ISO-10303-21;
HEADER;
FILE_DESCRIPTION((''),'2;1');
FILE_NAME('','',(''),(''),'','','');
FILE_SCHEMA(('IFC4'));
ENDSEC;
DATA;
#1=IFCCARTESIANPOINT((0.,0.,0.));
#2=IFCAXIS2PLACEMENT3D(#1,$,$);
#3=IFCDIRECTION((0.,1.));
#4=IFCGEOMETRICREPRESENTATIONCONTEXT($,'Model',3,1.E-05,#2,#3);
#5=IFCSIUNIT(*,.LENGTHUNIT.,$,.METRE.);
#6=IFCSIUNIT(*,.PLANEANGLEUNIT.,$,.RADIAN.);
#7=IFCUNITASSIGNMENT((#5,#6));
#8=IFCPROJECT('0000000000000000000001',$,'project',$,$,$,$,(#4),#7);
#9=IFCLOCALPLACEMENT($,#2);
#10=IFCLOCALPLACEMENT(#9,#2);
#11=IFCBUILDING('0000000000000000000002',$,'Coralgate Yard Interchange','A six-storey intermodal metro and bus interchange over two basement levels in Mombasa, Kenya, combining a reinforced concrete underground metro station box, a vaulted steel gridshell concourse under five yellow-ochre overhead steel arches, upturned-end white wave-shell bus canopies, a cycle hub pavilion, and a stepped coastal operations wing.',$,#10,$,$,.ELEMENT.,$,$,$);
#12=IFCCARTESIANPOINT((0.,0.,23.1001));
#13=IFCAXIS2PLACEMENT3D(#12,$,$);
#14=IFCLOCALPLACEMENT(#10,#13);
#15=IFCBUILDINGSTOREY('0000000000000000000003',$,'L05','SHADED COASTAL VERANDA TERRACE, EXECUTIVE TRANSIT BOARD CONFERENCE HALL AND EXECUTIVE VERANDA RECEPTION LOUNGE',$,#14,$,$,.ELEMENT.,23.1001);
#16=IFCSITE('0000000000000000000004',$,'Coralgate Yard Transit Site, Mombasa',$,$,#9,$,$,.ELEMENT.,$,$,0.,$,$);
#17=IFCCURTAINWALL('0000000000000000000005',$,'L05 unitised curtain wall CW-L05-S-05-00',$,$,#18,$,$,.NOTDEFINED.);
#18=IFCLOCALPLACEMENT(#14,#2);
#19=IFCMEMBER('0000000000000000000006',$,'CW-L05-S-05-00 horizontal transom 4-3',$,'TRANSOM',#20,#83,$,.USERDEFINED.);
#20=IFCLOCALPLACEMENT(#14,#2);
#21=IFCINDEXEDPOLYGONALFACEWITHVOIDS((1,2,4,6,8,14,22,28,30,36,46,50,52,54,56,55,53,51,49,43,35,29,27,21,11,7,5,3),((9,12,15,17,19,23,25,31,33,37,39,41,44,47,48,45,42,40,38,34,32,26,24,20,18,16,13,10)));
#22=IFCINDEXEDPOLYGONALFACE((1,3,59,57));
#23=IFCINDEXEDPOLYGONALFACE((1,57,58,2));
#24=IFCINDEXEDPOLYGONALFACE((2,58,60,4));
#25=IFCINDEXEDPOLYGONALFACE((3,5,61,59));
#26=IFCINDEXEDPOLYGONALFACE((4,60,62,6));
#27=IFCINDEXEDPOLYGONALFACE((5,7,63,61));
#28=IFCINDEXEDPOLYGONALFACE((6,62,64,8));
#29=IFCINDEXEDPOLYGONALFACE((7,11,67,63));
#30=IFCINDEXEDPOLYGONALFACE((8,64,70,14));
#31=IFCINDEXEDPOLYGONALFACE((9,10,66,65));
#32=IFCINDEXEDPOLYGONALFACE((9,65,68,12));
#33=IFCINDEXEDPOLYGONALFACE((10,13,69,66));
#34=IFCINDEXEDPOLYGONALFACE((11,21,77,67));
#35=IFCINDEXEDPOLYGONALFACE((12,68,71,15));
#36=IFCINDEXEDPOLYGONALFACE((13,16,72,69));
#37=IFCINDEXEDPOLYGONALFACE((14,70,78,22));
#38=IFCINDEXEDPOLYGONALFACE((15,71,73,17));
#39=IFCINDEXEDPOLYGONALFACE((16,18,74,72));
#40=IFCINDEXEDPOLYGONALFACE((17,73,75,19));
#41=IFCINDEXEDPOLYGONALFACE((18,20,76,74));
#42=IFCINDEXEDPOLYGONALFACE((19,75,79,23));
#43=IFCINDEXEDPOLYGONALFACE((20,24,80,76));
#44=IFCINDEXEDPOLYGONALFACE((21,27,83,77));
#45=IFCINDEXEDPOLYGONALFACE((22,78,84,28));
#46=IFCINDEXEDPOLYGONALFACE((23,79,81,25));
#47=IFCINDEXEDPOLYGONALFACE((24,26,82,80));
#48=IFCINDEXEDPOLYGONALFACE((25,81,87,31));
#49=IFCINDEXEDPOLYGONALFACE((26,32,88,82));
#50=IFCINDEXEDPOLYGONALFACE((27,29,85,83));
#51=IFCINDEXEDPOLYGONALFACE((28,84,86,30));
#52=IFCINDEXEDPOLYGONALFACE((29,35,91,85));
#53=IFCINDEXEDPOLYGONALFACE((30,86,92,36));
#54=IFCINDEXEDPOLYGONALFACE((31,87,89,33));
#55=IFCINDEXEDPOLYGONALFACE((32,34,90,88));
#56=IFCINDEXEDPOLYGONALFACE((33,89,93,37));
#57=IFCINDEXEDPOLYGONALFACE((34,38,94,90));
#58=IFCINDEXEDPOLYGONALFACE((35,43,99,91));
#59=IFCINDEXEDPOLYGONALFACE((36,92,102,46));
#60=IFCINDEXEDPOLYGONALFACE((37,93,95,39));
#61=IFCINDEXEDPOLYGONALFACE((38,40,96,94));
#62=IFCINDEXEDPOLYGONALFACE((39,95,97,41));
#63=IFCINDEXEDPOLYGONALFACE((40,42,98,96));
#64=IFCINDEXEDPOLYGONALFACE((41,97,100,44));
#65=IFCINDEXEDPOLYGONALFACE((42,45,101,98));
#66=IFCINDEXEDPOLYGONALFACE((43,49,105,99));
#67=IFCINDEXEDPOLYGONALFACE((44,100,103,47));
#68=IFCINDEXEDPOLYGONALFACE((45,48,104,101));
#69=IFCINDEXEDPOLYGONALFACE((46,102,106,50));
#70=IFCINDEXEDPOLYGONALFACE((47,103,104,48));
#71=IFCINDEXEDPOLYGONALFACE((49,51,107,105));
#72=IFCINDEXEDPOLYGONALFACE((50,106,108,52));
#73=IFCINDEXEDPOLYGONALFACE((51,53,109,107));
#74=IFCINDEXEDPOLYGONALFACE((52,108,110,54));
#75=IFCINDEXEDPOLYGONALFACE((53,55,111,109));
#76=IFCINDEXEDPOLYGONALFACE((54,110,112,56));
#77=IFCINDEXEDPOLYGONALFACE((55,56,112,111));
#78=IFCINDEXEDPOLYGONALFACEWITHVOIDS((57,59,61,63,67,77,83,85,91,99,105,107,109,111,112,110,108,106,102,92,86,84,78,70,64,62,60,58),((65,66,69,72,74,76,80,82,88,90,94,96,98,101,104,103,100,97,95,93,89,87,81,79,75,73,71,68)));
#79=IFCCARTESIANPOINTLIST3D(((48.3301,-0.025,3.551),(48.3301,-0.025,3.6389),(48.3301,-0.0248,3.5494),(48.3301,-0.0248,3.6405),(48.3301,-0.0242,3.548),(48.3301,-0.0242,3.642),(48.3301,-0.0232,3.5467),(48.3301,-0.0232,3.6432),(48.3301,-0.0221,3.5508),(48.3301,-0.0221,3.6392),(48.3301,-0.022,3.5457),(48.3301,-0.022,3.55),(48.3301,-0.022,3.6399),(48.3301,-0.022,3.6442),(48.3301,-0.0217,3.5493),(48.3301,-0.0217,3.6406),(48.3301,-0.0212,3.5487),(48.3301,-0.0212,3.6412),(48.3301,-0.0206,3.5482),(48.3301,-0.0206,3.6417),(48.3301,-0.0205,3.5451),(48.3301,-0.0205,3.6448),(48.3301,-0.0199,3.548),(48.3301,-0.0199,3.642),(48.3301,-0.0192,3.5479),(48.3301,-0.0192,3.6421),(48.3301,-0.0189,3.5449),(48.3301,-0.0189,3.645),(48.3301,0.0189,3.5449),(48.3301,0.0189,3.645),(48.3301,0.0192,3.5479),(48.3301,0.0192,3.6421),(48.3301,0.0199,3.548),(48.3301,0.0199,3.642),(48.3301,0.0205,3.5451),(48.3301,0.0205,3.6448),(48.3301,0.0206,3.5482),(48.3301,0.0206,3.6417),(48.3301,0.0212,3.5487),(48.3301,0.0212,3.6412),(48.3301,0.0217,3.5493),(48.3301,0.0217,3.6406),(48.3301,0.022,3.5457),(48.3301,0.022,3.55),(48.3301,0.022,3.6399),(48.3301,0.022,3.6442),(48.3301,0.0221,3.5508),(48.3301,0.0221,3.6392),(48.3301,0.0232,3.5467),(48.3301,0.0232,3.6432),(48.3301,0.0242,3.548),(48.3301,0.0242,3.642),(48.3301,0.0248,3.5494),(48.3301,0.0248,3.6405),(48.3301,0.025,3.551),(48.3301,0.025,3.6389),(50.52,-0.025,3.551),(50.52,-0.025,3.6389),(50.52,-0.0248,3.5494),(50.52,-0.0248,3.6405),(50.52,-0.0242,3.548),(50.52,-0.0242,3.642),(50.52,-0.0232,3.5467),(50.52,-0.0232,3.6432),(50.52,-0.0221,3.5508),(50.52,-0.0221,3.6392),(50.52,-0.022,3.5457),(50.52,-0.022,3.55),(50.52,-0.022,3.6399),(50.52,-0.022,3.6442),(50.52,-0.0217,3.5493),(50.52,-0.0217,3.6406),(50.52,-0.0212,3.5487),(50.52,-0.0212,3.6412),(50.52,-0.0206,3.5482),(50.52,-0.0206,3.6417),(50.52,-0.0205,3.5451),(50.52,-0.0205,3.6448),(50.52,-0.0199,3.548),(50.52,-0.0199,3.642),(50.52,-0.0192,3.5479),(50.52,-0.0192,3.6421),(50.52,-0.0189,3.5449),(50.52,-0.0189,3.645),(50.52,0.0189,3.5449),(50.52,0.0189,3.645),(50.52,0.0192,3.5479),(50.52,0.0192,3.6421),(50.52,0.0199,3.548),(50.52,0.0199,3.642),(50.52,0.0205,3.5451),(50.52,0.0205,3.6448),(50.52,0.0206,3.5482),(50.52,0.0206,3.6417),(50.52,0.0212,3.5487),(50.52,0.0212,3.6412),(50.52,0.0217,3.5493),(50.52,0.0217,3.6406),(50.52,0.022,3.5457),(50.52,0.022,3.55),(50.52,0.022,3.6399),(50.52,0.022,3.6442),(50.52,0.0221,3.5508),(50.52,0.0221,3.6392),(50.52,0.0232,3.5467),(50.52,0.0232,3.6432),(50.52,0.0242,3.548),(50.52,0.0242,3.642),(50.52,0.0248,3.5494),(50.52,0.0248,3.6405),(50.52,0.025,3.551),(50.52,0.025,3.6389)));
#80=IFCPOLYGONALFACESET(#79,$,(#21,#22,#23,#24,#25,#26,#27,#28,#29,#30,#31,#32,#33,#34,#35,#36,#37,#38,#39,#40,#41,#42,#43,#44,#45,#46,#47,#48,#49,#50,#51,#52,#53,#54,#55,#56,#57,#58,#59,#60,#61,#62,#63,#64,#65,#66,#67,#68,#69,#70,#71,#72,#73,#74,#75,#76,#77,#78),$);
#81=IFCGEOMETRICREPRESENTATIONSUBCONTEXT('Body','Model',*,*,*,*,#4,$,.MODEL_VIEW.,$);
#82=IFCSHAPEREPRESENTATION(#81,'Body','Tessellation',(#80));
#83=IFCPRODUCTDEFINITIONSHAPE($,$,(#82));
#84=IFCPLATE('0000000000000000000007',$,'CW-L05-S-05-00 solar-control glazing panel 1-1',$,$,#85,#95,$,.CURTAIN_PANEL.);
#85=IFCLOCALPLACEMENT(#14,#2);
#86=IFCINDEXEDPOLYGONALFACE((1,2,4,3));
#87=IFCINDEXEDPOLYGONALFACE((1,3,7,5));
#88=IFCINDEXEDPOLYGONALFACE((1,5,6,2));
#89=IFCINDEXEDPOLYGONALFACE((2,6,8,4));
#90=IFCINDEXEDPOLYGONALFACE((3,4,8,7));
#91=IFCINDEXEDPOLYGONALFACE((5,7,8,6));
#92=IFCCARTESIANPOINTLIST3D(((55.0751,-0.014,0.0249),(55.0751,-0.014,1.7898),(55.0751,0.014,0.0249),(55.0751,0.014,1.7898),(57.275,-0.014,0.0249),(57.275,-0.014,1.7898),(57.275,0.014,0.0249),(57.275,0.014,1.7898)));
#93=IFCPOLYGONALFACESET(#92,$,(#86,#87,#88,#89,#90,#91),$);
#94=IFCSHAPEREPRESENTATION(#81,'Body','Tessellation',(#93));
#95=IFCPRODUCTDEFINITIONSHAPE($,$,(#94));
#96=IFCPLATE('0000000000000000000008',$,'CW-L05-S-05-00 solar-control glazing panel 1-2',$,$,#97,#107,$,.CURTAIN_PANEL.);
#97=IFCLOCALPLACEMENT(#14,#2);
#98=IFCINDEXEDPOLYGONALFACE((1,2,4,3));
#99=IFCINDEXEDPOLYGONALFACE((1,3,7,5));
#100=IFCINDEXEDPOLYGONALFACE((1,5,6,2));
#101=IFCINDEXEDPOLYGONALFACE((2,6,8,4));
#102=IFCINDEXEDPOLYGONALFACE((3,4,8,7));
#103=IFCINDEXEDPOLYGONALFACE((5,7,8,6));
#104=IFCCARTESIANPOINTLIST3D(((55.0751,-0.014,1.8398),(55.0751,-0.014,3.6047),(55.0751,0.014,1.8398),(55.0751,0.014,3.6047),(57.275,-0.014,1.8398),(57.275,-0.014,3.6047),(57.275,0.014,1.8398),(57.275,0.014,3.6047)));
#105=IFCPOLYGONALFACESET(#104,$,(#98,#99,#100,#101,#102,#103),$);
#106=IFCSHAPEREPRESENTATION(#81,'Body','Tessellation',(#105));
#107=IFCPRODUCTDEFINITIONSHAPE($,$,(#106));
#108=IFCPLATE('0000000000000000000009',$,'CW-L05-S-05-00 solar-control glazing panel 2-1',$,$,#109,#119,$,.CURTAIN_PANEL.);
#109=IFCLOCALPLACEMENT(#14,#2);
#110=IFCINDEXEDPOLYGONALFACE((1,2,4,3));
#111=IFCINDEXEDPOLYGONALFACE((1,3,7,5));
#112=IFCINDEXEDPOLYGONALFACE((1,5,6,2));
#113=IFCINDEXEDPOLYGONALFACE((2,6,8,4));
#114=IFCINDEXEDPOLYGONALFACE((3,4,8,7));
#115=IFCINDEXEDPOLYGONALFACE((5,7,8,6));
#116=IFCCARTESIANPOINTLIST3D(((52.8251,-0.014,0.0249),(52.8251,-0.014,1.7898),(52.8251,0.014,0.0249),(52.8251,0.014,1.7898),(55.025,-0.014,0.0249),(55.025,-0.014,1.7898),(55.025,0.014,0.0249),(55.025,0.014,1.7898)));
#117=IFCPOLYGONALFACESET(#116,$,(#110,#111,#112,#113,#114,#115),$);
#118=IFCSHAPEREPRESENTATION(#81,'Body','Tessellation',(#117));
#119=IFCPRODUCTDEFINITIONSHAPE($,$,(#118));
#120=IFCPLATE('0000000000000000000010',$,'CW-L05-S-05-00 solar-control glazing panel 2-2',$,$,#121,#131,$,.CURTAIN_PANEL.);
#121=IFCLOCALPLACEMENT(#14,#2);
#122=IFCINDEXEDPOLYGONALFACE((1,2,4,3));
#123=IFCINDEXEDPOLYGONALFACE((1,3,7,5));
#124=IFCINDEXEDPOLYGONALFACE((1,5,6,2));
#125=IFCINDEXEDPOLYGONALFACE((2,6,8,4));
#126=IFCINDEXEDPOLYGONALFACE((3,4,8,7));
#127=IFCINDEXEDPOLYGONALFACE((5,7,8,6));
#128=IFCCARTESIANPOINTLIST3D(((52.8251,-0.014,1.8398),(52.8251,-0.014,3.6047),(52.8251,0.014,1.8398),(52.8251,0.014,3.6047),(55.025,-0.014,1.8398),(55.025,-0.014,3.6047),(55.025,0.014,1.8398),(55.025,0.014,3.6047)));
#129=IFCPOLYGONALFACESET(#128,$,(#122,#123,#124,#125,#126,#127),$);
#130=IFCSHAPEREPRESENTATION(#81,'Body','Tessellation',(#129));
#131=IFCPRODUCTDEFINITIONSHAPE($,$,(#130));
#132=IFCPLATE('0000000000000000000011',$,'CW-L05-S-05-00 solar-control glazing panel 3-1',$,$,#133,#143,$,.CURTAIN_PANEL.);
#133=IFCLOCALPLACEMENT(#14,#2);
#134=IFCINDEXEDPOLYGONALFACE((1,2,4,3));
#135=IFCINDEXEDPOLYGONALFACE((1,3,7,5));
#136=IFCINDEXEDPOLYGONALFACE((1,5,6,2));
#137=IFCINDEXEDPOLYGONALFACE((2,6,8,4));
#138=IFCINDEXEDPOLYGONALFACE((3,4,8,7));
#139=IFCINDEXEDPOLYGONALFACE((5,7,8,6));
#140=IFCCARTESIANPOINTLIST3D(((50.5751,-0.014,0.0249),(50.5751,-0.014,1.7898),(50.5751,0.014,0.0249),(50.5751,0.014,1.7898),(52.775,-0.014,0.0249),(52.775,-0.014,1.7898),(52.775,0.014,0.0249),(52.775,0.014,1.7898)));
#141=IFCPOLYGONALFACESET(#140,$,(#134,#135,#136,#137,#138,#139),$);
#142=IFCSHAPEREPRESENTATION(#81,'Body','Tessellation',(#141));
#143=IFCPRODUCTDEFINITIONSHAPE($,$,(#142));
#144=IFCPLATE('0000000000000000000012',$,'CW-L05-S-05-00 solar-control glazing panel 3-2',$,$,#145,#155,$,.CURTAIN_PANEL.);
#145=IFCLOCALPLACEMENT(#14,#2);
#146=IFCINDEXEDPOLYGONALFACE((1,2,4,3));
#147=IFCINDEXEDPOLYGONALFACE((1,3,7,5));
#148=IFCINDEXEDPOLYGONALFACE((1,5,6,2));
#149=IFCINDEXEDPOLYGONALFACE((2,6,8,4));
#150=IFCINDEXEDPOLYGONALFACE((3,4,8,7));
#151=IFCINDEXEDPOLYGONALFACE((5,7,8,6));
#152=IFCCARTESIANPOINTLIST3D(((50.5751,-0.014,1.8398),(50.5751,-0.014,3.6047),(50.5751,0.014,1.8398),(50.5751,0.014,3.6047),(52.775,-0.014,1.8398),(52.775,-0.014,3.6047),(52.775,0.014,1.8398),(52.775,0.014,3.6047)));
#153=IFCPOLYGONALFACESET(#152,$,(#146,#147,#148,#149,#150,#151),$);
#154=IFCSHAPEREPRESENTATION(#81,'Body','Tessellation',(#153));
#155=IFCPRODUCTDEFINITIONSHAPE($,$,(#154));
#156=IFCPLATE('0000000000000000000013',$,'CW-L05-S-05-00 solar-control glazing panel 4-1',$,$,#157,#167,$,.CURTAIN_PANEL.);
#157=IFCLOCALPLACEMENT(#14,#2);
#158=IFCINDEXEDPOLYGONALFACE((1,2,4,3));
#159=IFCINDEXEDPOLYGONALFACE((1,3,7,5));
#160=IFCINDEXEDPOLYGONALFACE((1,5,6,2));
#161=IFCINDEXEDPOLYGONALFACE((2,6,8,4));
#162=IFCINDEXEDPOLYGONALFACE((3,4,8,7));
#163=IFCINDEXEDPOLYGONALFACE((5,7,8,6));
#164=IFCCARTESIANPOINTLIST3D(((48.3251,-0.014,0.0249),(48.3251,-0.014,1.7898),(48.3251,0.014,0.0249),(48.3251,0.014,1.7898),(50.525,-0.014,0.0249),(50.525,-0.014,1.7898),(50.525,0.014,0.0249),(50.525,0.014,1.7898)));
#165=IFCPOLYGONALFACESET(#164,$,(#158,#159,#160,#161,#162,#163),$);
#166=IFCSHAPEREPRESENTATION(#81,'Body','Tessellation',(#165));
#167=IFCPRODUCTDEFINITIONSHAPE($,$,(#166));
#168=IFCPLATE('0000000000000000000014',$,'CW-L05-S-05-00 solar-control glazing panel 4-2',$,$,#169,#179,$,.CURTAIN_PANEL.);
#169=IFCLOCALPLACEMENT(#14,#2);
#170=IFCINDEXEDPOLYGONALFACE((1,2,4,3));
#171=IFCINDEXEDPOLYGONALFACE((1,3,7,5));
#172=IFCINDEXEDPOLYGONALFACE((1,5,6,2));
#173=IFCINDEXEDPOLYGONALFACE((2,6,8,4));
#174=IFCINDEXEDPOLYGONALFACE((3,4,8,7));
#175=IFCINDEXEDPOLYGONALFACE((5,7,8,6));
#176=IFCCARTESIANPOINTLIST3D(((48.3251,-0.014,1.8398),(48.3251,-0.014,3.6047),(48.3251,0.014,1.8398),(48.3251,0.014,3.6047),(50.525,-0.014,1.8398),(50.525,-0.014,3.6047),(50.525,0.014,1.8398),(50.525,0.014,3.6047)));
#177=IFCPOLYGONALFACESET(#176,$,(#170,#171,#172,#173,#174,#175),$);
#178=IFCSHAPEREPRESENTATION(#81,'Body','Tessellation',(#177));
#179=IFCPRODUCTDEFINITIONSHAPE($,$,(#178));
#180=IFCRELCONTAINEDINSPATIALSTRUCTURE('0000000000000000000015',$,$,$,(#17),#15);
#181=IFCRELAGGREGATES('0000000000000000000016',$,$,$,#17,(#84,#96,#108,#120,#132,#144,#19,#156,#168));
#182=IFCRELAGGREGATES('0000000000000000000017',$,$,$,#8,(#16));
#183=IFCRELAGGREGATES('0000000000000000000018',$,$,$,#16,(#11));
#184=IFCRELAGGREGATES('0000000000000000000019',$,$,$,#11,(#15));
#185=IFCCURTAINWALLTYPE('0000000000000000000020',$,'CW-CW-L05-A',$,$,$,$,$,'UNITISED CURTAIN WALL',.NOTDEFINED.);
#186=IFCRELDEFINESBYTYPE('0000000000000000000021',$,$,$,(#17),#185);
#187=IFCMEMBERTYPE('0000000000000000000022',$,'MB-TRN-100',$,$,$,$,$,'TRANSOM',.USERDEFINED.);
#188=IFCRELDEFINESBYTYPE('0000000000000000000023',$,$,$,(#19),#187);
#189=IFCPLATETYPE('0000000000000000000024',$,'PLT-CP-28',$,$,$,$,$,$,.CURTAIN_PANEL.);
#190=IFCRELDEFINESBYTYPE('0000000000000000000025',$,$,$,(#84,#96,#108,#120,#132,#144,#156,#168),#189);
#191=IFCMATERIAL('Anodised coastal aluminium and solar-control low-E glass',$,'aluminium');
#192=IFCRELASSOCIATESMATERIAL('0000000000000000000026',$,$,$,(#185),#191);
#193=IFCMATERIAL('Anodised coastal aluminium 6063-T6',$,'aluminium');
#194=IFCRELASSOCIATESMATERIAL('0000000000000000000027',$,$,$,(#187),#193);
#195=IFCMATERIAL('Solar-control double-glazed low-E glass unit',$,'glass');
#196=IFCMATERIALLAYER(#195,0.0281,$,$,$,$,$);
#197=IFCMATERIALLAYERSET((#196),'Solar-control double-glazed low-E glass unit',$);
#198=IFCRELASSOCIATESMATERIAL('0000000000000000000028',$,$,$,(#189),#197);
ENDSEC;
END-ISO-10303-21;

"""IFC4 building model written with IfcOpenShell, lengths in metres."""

from ifc_helpers import new_model, si_unit, direction, frame, origin, origin_2d, place, context, subcontext, project, spatial, rectangle, hollow_rectangle, extrude, material, layer, layer_set, material_profile, profile_set, type_object, element, aggregate, save


model = new_model("IFC4")

# Units and contexts
model_context = context("Model", 3, precision=1e-05, world=origin(), true_north=direction((0.0, 1.0)))
body_context = subcontext(model_context, "Body", "Model", "MODEL_VIEW")
ifc_project = project(units=[si_unit("LENGTHUNIT", "METRE"), si_unit("PLANEANGLEUNIT", "RADIAN")], contexts=[model_context])

# Site, building, storey
site_placement = place(None, origin())
site = spatial("IfcSite", under=ifc_project, at=site_placement, Name="Coralgate Yard Transit Site, Mombasa", CompositionType="ELEMENT", RefElevation=0.0)
building_placement = place(site_placement, origin())
building = spatial("IfcBuilding", under=site, at=building_placement, Name="Coralgate Yard Interchange", Description="A six-storey intermodal metro and bus interchange over two basement levels in Mombasa, Kenya, combining a reinforced concrete underground metro station box, a vaulted steel gridshell concourse under five yellow-ochre overhead steel arches, upturned-end white wave-shell bus canopies, a cycle hub pavilion, and a stepped coastal operations wing.", CompositionType="ELEMENT")
storey_placement = place(building_placement, frame((0.0, 0.0, 23.1001)))
storey = spatial("IfcBuildingStorey", under=building, at=storey_placement, Name="L05", Description="SHADED COASTAL VERANDA TERRACE, EXECUTIVE TRANSIT BOARD CONFERENCE HALL AND EXECUTIVE VERANDA RECEPTION LOUNGE", CompositionType="ELEMENT", Elevation=23.1001)

# Curtain wall, member, plates
ifc_material_1 = material(Name="Anodised coastal aluminium and solar-control low-E glass", Category="aluminium")
curtain_wall_type = type_object("IfcCurtainWallType", Name="CW-CW-L05-A", ElementType="UNITISED CURTAIN WALL", PredefinedType="NOTDEFINED", material=ifc_material_1)
curtain_wall_placement = place(storey_placement, origin())
curtain_wall = element("IfcCurtainWall", 1, at=curtain_wall_placement, inside=storey, type_object=curtain_wall_type, Name="L05 unitised curtain wall CW-L05-S-05-00", PredefinedType="NOTDEFINED")
ifc_material_2 = material(Name="Anodised coastal aluminium 6063-T6", Category="aluminium")
ifc_material_profile_1 = material_profile(ifc_material_2, hollow_rectangle(XDim=0.05, YDim=0.1001, WallThickness=0.0029, InnerFilletRadius=0.0029, OuterFilletRadius=0.0061, at=origin_2d()), Name="ALU 50x100x3")
ifc_profile_set_1 = profile_set([ifc_material_profile_1], Name="Anodised coastal aluminium 6063-T6")
member_type_1 = type_object("IfcMemberType", Name="MB-TRN-100", ElementType="TRANSOM", PredefinedType="USERDEFINED", material=ifc_profile_set_1)
member_1_placement = place(storey_placement, frame((50.52, 0.0, 3.595), z_axis=(-1.0, 0.0, 0.0), x_axis=(0.0, -1.0, 0.0)))
member_1 = element("IfcMember", 2, at=member_1_placement, type_object=member_type_1, Name="CW-L05-S-05-00 horizontal transom 4-3", ObjectType="TRANSOM", PredefinedType="USERDEFINED", context=body_context, shape_type="SweptSolid", body=[
    extrude(hollow_rectangle(XDim=0.05, YDim=0.1001, WallThickness=0.0029, InnerFilletRadius=0.0029, OuterFilletRadius=0.0061, at=origin_2d()), origin(), (0.0, 0.0, 1.0), 2.1899),
])
ifc_material_3 = material(Name="Solar-control double-glazed low-E glass unit", Category="glass")
ifc_layer = layer(ifc_material_3, 0.0281)
ifc_layer_set = layer_set([ifc_layer], Name="Solar-control double-glazed low-E glass unit")
plate_type = type_object("IfcPlateType", Name="PLT-CP-28", PredefinedType="CURTAIN_PANEL", material=ifc_layer_set)
plate_1_placement = place(storey_placement, frame((56.175, 0.0, 0.0249), z_axis=(0.0, 0.0, 1.0), x_axis=(-1.0, 0.0, 0.0)))
plate_1 = element("IfcPlate", 3, at=plate_1_placement, type_object=plate_type, Name="CW-L05-S-05-00 solar-control glazing panel 1-1", PredefinedType="CURTAIN_PANEL", context=body_context, shape_type="SweptSolid", body=[
    extrude(rectangle(XDim=2.2, YDim=0.0281, at=origin_2d()), origin(), (0.0, 0.0, 1.0), 1.7649),
])
plate_2_placement = place(storey_placement, frame((56.175, 0.0, 1.8398), z_axis=(0.0, 0.0, 1.0), x_axis=(-1.0, 0.0, 0.0)))
plate_2 = element("IfcPlate", 4, at=plate_2_placement, type_object=plate_type, Name="CW-L05-S-05-00 solar-control glazing panel 1-2", PredefinedType="CURTAIN_PANEL", context=body_context, shape_type="SweptSolid", body=[
    extrude(rectangle(XDim=2.2, YDim=0.0281, at=origin_2d()), origin(), (0.0, 0.0, 1.0), 1.7649),
])
plate_3_placement = place(storey_placement, frame((53.925, 0.0, 0.0249), z_axis=(0.0, 0.0, 1.0), x_axis=(-1.0, 0.0, 0.0)))
plate_3 = element("IfcPlate", 5, at=plate_3_placement, type_object=plate_type, Name="CW-L05-S-05-00 solar-control glazing panel 2-1", PredefinedType="CURTAIN_PANEL", context=body_context, shape_type="SweptSolid", body=[
    extrude(rectangle(XDim=2.2, YDim=0.0281, at=origin_2d()), origin(), (0.0, 0.0, 1.0), 1.7649),
])
plate_4_placement = place(storey_placement, frame((53.925, 0.0, 1.8398), z_axis=(0.0, 0.0, 1.0), x_axis=(-1.0, 0.0, 0.0)))
plate_4 = element("IfcPlate", 6, at=plate_4_placement, type_object=plate_type, Name="CW-L05-S-05-00 solar-control glazing panel 2-2", PredefinedType="CURTAIN_PANEL", context=body_context, shape_type="SweptSolid", body=[
    extrude(rectangle(XDim=2.2, YDim=0.0281, at=origin_2d()), origin(), (0.0, 0.0, 1.0), 1.7649),
])
plate_5_placement = place(storey_placement, frame((51.675, 0.0, 0.0249), z_axis=(0.0, 0.0, 1.0), x_axis=(-1.0, 0.0, 0.0)))
plate_5 = element("IfcPlate", 7, at=plate_5_placement, type_object=plate_type, Name="CW-L05-S-05-00 solar-control glazing panel 3-1", PredefinedType="CURTAIN_PANEL", context=body_context, shape_type="SweptSolid", body=[
    extrude(rectangle(XDim=2.2, YDim=0.0281, at=origin_2d()), origin(), (0.0, 0.0, 1.0), 1.7649),
])
plate_6_placement = place(storey_placement, frame((51.675, 0.0, 1.8398), z_axis=(0.0, 0.0, 1.0), x_axis=(-1.0, 0.0, 0.0)))
plate_6 = element("IfcPlate", 8, at=plate_6_placement, type_object=plate_type, Name="CW-L05-S-05-00 solar-control glazing panel 3-2", PredefinedType="CURTAIN_PANEL", context=body_context, shape_type="SweptSolid", body=[
    extrude(rectangle(XDim=2.2, YDim=0.0281, at=origin_2d()), origin(), (0.0, 0.0, 1.0), 1.7649),
])
plate_7_placement = place(storey_placement, frame((49.425, 0.0, 0.0249), z_axis=(0.0, 0.0, 1.0), x_axis=(-1.0, 0.0, 0.0)))
plate_7 = element("IfcPlate", 9, at=plate_7_placement, type_object=plate_type, Name="CW-L05-S-05-00 solar-control glazing panel 4-1", PredefinedType="CURTAIN_PANEL", context=body_context, shape_type="SweptSolid", body=[
    extrude(rectangle(XDim=2.2, YDim=0.0281, at=origin_2d()), origin(), (0.0, 0.0, 1.0), 1.7649),
])
plate_8_placement = place(storey_placement, frame((49.425, 0.0, 1.8398), z_axis=(0.0, 0.0, 1.0), x_axis=(-1.0, 0.0, 0.0)))
plate_8 = element("IfcPlate", 10, at=plate_8_placement, type_object=plate_type, Name="CW-L05-S-05-00 solar-control glazing panel 4-2", PredefinedType="CURTAIN_PANEL", context=body_context, shape_type="SweptSolid", body=[
    extrude(rectangle(XDim=2.2, YDim=0.0281, at=origin_2d()), origin(), (0.0, 0.0, 1.0), 1.7649),
])
aggregate(curtain_wall, [plate_1, plate_2, plate_3, plate_4, plate_5, plate_6, member_1, plate_7, plate_8])

save(model, "model.ifc")
